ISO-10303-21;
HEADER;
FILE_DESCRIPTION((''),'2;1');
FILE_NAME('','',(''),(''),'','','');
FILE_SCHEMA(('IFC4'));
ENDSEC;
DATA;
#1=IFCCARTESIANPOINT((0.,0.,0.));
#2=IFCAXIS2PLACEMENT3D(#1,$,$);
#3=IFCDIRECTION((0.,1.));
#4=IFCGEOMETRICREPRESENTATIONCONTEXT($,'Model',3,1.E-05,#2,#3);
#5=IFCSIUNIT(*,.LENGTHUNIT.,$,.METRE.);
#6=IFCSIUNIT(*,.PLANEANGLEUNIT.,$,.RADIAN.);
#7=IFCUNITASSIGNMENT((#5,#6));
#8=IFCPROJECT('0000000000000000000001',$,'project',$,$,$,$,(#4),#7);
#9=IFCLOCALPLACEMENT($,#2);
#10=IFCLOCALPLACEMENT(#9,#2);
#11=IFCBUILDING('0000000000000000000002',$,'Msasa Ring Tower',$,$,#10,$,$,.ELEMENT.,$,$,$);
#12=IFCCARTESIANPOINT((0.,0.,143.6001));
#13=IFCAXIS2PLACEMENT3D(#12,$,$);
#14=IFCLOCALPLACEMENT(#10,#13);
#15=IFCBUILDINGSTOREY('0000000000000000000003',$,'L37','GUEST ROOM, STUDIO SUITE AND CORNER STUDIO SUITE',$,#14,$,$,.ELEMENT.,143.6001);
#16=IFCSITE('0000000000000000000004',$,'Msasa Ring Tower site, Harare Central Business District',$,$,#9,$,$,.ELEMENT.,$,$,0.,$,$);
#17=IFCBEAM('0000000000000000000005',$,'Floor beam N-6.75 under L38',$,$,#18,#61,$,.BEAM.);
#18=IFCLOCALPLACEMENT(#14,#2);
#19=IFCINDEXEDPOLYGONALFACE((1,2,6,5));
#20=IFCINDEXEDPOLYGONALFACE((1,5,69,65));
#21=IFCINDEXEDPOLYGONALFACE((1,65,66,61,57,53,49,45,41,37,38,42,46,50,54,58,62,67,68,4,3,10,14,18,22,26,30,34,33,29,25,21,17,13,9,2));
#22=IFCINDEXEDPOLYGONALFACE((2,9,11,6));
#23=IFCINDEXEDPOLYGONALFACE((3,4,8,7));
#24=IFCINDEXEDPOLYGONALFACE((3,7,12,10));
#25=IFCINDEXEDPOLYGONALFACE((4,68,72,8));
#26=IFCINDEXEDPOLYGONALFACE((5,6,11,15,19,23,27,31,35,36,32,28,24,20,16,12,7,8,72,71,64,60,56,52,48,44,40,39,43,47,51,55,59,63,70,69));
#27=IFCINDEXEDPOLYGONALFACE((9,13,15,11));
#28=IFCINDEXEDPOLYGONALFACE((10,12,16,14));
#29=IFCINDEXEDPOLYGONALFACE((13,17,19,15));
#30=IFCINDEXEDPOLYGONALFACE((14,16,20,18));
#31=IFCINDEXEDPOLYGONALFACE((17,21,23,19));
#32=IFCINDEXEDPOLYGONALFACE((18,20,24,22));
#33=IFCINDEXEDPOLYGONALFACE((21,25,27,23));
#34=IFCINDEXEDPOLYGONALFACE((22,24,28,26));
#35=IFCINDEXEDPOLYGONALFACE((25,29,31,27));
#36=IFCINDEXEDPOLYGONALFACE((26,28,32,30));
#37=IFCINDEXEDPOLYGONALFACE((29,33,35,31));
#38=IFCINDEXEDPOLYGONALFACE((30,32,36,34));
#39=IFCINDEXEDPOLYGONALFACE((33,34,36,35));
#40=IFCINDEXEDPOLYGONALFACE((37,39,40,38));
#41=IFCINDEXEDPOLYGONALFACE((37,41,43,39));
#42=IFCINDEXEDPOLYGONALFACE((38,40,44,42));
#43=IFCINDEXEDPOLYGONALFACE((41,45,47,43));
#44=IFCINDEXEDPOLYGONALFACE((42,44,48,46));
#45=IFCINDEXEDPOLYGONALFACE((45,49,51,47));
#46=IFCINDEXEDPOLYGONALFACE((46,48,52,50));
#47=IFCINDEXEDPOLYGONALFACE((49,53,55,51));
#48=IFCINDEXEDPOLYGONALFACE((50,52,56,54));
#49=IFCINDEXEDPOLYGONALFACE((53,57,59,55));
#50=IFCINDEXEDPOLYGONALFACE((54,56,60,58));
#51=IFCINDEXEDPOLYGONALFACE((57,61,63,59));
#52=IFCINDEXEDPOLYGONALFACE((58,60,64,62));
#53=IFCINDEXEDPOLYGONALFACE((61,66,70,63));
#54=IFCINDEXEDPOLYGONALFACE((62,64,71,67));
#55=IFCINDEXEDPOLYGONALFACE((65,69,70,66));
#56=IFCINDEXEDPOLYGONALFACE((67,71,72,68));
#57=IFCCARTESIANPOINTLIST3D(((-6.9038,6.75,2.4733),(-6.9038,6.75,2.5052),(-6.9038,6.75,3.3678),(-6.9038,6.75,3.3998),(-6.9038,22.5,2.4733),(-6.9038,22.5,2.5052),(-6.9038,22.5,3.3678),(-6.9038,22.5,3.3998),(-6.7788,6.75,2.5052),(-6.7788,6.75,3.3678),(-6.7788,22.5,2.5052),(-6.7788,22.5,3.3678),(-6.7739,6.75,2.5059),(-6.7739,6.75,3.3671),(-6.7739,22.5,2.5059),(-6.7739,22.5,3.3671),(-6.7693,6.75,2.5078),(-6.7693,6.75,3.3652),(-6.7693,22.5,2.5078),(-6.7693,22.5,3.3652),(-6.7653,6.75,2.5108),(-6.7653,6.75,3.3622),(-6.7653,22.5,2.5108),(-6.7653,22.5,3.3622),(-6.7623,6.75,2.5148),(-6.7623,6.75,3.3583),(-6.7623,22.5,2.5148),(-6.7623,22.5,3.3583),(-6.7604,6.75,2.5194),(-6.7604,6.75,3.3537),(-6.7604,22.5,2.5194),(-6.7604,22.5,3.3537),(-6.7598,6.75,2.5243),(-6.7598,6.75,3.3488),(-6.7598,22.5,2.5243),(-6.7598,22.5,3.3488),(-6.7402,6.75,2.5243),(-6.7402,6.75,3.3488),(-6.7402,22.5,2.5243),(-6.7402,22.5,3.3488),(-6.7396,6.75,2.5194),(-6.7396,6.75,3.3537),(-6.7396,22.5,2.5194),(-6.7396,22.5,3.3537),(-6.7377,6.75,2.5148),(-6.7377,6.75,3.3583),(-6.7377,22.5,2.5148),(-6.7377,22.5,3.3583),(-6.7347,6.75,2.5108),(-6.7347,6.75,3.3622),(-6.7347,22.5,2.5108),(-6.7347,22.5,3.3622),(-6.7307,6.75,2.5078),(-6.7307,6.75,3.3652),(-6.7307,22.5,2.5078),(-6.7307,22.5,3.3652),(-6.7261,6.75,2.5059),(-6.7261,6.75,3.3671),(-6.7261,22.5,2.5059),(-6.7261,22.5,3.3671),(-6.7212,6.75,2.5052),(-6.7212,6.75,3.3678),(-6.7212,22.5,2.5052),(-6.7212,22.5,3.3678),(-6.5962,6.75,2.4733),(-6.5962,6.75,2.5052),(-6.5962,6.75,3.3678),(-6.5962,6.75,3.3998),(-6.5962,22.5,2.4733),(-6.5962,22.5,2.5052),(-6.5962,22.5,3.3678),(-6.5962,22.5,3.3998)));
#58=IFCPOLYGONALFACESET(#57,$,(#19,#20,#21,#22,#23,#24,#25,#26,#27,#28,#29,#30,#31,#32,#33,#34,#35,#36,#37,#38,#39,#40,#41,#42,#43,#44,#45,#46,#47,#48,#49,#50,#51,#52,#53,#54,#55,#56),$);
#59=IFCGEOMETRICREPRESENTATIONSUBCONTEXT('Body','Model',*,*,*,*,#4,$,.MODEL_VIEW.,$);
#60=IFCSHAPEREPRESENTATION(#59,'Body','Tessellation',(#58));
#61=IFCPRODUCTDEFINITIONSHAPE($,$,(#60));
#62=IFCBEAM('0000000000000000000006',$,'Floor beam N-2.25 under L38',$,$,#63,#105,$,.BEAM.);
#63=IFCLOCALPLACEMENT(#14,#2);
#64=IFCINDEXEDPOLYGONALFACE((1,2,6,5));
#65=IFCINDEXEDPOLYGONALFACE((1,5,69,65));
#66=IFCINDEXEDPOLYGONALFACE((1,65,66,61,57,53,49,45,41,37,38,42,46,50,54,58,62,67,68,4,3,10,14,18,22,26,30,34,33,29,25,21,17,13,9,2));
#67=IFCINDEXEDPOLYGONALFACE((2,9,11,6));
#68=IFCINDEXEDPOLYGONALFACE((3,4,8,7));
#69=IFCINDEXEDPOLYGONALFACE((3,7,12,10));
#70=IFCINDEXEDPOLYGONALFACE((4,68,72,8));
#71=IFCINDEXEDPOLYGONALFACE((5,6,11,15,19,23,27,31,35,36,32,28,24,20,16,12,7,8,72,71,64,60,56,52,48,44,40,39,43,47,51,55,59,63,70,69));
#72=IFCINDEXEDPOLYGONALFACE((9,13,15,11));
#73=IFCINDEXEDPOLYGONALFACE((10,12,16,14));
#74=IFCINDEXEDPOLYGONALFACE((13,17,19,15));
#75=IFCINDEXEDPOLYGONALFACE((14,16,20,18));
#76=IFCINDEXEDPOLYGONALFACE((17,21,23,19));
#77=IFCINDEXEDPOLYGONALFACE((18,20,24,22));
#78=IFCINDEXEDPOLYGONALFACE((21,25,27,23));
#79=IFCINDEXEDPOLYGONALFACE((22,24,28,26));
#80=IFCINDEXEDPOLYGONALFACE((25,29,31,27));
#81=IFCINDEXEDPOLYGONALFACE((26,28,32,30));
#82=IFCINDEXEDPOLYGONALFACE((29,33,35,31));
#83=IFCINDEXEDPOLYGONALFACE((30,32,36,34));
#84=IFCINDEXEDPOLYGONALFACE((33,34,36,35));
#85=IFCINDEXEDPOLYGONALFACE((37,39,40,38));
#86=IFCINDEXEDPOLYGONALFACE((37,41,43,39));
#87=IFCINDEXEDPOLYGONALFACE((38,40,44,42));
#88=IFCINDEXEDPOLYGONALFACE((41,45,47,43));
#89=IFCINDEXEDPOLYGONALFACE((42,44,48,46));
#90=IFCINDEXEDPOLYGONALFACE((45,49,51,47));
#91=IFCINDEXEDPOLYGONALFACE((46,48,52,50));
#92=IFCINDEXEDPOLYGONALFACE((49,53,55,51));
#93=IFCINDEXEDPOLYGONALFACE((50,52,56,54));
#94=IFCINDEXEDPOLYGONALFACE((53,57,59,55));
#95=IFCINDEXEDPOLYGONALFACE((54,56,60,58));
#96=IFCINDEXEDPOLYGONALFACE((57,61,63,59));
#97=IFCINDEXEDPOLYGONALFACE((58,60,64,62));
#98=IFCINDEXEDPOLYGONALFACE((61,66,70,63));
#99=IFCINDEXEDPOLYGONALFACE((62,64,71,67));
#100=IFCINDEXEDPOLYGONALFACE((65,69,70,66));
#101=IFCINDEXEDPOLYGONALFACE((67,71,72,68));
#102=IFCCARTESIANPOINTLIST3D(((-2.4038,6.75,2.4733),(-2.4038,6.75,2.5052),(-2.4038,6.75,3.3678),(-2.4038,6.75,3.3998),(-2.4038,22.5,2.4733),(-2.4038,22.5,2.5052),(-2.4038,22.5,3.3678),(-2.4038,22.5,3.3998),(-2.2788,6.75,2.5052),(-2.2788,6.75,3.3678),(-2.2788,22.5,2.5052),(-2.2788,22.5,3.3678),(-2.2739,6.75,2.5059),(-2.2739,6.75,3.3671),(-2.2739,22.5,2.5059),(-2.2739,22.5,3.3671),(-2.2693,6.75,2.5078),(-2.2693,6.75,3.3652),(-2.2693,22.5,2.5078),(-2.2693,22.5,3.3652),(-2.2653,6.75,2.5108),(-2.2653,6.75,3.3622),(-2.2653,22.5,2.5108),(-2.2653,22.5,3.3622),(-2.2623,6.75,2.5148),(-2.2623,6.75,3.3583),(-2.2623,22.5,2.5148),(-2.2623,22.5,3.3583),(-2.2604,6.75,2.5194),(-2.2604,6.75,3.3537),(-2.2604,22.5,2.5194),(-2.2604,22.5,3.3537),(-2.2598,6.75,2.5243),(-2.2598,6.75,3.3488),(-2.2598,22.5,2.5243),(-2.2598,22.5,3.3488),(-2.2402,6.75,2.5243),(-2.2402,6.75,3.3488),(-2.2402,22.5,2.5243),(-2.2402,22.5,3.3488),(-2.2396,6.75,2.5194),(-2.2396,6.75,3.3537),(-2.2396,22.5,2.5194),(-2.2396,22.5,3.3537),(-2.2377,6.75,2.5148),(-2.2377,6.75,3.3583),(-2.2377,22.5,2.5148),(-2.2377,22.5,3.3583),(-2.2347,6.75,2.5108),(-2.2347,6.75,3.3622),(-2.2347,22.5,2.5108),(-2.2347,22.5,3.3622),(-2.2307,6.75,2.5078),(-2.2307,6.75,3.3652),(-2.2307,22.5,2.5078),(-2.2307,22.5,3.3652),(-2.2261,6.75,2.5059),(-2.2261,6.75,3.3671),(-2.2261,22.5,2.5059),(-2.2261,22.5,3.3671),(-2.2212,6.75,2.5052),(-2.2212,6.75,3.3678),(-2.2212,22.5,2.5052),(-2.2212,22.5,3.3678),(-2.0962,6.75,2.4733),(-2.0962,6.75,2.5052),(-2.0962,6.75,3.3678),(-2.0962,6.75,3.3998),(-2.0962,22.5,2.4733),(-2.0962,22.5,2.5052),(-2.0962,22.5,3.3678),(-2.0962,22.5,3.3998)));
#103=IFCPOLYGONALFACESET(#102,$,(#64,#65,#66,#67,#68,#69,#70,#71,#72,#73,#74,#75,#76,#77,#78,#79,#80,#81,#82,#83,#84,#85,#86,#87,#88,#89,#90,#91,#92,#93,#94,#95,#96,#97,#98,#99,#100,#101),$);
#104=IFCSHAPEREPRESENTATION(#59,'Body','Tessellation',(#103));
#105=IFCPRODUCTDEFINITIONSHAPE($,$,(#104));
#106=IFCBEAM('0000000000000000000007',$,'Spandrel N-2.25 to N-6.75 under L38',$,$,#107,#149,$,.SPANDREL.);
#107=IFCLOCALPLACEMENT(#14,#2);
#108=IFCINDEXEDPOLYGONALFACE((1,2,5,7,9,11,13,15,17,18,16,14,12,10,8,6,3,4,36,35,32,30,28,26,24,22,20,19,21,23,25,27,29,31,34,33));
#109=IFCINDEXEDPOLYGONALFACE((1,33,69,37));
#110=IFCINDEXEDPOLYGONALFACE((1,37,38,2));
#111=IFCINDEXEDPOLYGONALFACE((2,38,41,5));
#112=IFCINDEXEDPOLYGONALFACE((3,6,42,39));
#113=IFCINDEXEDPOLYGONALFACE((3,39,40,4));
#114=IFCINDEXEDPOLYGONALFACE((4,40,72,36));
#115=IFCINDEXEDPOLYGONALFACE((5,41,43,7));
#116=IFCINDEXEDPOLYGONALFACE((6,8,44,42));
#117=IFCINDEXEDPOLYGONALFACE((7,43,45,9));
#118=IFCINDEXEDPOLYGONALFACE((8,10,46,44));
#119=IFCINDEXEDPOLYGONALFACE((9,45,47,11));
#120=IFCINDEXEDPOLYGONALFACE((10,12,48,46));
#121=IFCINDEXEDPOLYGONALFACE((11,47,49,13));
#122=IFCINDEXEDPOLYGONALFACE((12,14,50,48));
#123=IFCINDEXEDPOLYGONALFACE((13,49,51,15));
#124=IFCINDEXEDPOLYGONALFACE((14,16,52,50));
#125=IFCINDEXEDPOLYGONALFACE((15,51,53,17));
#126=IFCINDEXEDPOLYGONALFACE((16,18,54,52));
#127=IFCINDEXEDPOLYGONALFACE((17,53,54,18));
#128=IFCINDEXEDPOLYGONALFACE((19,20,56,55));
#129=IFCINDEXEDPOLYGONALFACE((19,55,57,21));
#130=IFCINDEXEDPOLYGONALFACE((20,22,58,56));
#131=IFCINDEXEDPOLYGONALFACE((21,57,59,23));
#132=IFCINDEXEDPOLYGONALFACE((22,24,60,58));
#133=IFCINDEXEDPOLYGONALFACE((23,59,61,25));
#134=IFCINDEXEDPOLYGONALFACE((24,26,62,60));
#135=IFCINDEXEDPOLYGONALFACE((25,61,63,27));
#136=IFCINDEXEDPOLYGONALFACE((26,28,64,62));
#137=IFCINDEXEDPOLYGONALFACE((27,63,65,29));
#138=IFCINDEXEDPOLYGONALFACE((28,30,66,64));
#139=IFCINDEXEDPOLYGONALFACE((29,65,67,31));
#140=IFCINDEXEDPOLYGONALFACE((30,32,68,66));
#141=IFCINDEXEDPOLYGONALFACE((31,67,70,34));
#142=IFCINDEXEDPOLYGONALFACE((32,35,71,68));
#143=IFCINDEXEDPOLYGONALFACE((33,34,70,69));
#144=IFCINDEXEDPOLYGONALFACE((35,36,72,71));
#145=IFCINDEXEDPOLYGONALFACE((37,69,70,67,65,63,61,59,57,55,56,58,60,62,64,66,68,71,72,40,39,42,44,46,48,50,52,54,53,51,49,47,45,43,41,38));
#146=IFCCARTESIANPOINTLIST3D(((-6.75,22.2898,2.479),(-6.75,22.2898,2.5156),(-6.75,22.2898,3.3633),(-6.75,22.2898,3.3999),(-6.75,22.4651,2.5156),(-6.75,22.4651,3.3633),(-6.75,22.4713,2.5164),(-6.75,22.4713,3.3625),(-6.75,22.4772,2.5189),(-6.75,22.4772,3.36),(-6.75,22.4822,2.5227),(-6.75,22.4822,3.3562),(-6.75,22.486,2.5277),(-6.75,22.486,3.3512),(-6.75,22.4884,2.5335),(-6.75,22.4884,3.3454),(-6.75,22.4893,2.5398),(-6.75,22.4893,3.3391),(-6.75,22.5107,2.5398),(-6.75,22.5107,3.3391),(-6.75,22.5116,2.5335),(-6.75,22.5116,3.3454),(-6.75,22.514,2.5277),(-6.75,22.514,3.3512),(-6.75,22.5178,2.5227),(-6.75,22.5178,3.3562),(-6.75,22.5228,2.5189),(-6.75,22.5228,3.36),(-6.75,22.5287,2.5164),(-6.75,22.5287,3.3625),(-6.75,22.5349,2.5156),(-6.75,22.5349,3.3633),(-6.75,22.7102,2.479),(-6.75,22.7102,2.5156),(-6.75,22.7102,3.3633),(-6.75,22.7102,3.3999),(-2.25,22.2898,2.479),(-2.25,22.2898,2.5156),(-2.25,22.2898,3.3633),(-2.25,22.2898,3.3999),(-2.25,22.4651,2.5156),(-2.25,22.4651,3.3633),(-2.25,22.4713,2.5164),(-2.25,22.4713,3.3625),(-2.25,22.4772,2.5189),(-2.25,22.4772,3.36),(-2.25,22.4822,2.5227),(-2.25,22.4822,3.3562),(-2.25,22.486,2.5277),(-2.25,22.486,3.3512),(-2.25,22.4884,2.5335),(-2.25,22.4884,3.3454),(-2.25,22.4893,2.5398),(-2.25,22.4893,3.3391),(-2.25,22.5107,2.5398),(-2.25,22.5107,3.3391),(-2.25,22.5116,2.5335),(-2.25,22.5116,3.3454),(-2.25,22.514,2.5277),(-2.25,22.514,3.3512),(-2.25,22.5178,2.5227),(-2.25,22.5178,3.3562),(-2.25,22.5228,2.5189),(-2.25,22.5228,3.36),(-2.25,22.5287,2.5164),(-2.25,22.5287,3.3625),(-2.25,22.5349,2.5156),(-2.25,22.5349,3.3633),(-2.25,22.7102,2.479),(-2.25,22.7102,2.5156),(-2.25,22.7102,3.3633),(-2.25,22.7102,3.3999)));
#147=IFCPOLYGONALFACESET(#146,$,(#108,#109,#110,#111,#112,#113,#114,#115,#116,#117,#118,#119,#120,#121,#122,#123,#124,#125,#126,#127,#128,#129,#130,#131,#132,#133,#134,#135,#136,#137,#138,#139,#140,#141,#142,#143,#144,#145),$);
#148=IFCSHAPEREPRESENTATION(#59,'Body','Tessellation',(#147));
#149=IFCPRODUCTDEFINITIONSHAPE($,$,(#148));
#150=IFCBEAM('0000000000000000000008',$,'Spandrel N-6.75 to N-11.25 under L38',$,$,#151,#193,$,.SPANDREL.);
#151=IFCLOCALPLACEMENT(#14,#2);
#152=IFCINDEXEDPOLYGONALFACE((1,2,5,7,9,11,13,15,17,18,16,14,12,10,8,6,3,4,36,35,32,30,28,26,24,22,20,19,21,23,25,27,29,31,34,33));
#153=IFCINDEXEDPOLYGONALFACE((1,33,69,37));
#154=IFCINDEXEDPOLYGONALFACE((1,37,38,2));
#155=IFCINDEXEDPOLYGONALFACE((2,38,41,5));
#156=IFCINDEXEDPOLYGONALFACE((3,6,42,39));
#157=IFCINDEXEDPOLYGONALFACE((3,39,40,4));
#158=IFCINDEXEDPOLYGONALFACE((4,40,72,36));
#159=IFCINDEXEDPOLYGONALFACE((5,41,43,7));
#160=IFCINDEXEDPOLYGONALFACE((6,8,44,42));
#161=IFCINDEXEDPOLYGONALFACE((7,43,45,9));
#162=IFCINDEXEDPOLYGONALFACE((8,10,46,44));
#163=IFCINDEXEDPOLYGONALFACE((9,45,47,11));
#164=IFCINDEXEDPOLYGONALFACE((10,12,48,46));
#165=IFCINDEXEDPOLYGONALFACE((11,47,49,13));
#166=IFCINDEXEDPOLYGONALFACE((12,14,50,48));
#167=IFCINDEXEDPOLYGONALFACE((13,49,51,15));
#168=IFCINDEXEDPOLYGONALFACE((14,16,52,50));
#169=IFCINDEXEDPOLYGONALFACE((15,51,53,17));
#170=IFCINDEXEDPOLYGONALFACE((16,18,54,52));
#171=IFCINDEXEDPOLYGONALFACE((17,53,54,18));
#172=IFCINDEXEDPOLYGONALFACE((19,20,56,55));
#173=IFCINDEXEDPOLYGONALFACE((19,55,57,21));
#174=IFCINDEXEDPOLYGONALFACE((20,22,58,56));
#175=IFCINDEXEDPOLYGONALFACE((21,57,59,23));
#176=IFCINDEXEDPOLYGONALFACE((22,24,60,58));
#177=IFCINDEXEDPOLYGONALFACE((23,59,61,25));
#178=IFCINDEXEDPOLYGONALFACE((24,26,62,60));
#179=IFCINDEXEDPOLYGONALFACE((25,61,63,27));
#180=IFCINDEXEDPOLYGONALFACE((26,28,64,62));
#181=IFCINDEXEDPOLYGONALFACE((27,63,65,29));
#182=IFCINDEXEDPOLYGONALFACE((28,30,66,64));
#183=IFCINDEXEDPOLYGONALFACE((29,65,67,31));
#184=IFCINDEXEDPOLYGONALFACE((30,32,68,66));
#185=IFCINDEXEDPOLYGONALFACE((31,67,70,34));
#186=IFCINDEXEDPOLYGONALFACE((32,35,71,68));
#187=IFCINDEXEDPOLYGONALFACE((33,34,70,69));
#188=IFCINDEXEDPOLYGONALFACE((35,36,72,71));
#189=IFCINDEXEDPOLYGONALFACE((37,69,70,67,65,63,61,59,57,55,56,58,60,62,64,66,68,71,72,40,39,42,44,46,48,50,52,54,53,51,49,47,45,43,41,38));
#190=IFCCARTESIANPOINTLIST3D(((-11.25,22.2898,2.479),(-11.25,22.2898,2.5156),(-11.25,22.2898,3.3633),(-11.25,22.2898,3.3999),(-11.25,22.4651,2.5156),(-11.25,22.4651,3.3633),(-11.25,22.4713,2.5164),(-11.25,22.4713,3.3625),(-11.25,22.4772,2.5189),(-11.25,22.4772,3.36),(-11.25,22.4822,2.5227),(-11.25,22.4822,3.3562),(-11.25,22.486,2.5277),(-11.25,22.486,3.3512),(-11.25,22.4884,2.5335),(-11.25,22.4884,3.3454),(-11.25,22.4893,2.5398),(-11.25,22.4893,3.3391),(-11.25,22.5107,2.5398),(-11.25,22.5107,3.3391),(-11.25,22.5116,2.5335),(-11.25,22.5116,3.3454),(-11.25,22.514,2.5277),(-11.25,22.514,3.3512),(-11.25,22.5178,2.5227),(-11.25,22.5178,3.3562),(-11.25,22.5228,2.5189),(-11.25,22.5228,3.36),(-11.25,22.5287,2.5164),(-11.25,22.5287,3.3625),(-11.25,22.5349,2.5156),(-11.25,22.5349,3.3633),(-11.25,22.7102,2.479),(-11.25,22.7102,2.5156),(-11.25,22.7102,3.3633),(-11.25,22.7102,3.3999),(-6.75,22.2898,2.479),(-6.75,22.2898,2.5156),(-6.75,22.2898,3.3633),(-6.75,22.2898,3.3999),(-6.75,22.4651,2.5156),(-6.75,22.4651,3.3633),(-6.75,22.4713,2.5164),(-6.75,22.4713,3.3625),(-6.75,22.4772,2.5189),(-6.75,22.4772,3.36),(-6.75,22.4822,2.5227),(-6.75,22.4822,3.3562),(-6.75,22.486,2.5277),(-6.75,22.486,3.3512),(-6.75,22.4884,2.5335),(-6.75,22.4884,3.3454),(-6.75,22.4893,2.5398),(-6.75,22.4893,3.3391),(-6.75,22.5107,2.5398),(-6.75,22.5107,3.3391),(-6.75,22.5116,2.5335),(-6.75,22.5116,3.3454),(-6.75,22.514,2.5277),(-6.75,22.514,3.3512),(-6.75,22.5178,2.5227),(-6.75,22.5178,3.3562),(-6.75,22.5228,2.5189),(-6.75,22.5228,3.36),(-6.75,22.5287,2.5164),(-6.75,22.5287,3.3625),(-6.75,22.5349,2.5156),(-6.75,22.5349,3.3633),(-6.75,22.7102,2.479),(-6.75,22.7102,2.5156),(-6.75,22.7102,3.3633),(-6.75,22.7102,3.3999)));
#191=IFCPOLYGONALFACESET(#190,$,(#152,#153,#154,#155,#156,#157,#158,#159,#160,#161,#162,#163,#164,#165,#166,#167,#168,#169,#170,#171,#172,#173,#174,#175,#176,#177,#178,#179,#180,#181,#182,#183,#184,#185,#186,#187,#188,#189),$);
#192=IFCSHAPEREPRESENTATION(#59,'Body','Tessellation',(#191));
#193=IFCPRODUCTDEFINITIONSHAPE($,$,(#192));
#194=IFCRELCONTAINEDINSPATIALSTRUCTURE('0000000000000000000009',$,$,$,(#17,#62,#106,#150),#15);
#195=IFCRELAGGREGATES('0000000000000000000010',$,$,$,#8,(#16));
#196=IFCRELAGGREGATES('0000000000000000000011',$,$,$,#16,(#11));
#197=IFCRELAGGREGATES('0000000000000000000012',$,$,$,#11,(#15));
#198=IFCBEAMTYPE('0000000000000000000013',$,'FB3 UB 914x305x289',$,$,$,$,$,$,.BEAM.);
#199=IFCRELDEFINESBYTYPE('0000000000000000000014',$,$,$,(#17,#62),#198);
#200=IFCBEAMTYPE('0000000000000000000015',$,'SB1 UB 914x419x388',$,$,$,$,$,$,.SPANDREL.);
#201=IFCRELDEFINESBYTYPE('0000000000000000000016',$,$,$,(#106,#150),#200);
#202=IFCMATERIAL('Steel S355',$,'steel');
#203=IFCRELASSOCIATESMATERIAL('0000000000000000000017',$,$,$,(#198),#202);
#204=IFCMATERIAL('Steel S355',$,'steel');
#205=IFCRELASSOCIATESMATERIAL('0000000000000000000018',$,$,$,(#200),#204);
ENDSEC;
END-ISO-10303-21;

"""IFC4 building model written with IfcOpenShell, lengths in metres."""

from ifc_helpers import new_model, si_unit, direction, frame, origin, origin_2d, place, context, subcontext, project, spatial, i_section, extrude, material, material_profile, profile_set, type_object, element, save


model = new_model("IFC4")

# Units and contexts
model_context = context("Model", 3, precision=1e-05, world=origin(), true_north=direction((0.0, 1.0)))
body_context = subcontext(model_context, "Body", "Model", "MODEL_VIEW")
ifc_project = project(units=[si_unit("LENGTHUNIT", "METRE"), si_unit("PLANEANGLEUNIT", "RADIAN")], contexts=[model_context])

# Site, building, storey
site_placement = place(None, origin())
site = spatial("IfcSite", under=ifc_project, at=site_placement, Name="Msasa Ring Tower site, Harare Central Business District", CompositionType="ELEMENT", RefElevation=0.0)
building_placement = place(site_placement, origin())
building = spatial("IfcBuilding", under=site, at=building_placement, Name="Msasa Ring Tower", CompositionType="ELEMENT")
storey_placement = place(building_placement, frame((0.0, 0.0, 143.6001)))
storey = spatial("IfcBuildingStorey", under=building, at=storey_placement, Name="L37", Description="GUEST ROOM, STUDIO SUITE AND CORNER STUDIO SUITE", CompositionType="ELEMENT", Elevation=143.6001)

# Beams
ifc_material_1 = material(Name="Steel S355", Category="steel")
ifc_material_profile_1 = material_profile(ifc_material_1, i_section(OverallWidth=0.3076, OverallDepth=0.9265, WebThickness=0.0195, FlangeThickness=0.032, FilletRadius=0.019, at=origin_2d()), Name="UB 914x305x289")
ifc_profile_set_1 = profile_set([ifc_material_profile_1], Name="Steel S355")
beam_type_1 = type_object("IfcBeamType", Name="FB3 UB 914x305x289", PredefinedType="BEAM", material=ifc_profile_set_1)
for number, where, z_axis, x_axis, name in (
    (1, (-6.75, 22.5, 2.9365), (0.0, -1.0, 0.0), (1.0, 0.0, 0.0), "Floor beam N-6.75 under L38"),
    (2, (-2.25, 22.5, 2.9365), (0.0, -1.0, 0.0), (1.0, 0.0, 0.0), "Floor beam N-2.25 under L38"),
):
    element("IfcBeam", number, at=place(storey_placement, frame(where, z_axis=z_axis, x_axis=x_axis)), inside=storey, type_object=beam_type_1, Name=name, PredefinedType="BEAM", context=body_context, shape_type="SweptSolid", body=[
        extrude(i_section(OverallWidth=0.3076, OverallDepth=0.9265, WebThickness=0.0195, FlangeThickness=0.032, FilletRadius=0.019, at=origin_2d()), origin(), (0.0, 0.0, 1.0), 15.75),
    ])
ifc_material_2 = material(Name="Steel S355", Category="steel")
ifc_material_profile_2 = material_profile(ifc_material_2, i_section(OverallWidth=0.4204, OverallDepth=0.9209, WebThickness=0.0215, FlangeThickness=0.0366, FilletRadius=0.0242, at=origin_2d()), Name="UB 914x419x388")
ifc_profile_set_2 = profile_set([ifc_material_profile_2], Name="Steel S355")
beam_type_2 = type_object("IfcBeamType", Name="SB1 UB 914x419x388", PredefinedType="SPANDREL", material=ifc_profile_set_2)
for number, where, z_axis, x_axis, name in (
    (3, (-2.25, 22.5, 2.9395), (-1.0, 0.0, 0.0), (0.0, -1.0, 0.0), "Spandrel N-2.25 to N-6.75 under L38"),
    (4, (-6.75, 22.5, 2.9395), (-1.0, 0.0, 0.0), (0.0, -1.0, 0.0), "Spandrel N-6.75 to N-11.25 under L38"),
):
    element("IfcBeam", number, at=place(storey_placement, frame(where, z_axis=z_axis, x_axis=x_axis)), inside=storey, type_object=beam_type_2, Name=name, PredefinedType="SPANDREL", context=body_context, shape_type="SweptSolid", body=[
        extrude(i_section(OverallWidth=0.4204, OverallDepth=0.9209, WebThickness=0.0215, FlangeThickness=0.0366, FilletRadius=0.0242, at=origin_2d()), origin(), (0.0, 0.0, 1.0), 4.5),
    ])

save(model, "model.ifc")
